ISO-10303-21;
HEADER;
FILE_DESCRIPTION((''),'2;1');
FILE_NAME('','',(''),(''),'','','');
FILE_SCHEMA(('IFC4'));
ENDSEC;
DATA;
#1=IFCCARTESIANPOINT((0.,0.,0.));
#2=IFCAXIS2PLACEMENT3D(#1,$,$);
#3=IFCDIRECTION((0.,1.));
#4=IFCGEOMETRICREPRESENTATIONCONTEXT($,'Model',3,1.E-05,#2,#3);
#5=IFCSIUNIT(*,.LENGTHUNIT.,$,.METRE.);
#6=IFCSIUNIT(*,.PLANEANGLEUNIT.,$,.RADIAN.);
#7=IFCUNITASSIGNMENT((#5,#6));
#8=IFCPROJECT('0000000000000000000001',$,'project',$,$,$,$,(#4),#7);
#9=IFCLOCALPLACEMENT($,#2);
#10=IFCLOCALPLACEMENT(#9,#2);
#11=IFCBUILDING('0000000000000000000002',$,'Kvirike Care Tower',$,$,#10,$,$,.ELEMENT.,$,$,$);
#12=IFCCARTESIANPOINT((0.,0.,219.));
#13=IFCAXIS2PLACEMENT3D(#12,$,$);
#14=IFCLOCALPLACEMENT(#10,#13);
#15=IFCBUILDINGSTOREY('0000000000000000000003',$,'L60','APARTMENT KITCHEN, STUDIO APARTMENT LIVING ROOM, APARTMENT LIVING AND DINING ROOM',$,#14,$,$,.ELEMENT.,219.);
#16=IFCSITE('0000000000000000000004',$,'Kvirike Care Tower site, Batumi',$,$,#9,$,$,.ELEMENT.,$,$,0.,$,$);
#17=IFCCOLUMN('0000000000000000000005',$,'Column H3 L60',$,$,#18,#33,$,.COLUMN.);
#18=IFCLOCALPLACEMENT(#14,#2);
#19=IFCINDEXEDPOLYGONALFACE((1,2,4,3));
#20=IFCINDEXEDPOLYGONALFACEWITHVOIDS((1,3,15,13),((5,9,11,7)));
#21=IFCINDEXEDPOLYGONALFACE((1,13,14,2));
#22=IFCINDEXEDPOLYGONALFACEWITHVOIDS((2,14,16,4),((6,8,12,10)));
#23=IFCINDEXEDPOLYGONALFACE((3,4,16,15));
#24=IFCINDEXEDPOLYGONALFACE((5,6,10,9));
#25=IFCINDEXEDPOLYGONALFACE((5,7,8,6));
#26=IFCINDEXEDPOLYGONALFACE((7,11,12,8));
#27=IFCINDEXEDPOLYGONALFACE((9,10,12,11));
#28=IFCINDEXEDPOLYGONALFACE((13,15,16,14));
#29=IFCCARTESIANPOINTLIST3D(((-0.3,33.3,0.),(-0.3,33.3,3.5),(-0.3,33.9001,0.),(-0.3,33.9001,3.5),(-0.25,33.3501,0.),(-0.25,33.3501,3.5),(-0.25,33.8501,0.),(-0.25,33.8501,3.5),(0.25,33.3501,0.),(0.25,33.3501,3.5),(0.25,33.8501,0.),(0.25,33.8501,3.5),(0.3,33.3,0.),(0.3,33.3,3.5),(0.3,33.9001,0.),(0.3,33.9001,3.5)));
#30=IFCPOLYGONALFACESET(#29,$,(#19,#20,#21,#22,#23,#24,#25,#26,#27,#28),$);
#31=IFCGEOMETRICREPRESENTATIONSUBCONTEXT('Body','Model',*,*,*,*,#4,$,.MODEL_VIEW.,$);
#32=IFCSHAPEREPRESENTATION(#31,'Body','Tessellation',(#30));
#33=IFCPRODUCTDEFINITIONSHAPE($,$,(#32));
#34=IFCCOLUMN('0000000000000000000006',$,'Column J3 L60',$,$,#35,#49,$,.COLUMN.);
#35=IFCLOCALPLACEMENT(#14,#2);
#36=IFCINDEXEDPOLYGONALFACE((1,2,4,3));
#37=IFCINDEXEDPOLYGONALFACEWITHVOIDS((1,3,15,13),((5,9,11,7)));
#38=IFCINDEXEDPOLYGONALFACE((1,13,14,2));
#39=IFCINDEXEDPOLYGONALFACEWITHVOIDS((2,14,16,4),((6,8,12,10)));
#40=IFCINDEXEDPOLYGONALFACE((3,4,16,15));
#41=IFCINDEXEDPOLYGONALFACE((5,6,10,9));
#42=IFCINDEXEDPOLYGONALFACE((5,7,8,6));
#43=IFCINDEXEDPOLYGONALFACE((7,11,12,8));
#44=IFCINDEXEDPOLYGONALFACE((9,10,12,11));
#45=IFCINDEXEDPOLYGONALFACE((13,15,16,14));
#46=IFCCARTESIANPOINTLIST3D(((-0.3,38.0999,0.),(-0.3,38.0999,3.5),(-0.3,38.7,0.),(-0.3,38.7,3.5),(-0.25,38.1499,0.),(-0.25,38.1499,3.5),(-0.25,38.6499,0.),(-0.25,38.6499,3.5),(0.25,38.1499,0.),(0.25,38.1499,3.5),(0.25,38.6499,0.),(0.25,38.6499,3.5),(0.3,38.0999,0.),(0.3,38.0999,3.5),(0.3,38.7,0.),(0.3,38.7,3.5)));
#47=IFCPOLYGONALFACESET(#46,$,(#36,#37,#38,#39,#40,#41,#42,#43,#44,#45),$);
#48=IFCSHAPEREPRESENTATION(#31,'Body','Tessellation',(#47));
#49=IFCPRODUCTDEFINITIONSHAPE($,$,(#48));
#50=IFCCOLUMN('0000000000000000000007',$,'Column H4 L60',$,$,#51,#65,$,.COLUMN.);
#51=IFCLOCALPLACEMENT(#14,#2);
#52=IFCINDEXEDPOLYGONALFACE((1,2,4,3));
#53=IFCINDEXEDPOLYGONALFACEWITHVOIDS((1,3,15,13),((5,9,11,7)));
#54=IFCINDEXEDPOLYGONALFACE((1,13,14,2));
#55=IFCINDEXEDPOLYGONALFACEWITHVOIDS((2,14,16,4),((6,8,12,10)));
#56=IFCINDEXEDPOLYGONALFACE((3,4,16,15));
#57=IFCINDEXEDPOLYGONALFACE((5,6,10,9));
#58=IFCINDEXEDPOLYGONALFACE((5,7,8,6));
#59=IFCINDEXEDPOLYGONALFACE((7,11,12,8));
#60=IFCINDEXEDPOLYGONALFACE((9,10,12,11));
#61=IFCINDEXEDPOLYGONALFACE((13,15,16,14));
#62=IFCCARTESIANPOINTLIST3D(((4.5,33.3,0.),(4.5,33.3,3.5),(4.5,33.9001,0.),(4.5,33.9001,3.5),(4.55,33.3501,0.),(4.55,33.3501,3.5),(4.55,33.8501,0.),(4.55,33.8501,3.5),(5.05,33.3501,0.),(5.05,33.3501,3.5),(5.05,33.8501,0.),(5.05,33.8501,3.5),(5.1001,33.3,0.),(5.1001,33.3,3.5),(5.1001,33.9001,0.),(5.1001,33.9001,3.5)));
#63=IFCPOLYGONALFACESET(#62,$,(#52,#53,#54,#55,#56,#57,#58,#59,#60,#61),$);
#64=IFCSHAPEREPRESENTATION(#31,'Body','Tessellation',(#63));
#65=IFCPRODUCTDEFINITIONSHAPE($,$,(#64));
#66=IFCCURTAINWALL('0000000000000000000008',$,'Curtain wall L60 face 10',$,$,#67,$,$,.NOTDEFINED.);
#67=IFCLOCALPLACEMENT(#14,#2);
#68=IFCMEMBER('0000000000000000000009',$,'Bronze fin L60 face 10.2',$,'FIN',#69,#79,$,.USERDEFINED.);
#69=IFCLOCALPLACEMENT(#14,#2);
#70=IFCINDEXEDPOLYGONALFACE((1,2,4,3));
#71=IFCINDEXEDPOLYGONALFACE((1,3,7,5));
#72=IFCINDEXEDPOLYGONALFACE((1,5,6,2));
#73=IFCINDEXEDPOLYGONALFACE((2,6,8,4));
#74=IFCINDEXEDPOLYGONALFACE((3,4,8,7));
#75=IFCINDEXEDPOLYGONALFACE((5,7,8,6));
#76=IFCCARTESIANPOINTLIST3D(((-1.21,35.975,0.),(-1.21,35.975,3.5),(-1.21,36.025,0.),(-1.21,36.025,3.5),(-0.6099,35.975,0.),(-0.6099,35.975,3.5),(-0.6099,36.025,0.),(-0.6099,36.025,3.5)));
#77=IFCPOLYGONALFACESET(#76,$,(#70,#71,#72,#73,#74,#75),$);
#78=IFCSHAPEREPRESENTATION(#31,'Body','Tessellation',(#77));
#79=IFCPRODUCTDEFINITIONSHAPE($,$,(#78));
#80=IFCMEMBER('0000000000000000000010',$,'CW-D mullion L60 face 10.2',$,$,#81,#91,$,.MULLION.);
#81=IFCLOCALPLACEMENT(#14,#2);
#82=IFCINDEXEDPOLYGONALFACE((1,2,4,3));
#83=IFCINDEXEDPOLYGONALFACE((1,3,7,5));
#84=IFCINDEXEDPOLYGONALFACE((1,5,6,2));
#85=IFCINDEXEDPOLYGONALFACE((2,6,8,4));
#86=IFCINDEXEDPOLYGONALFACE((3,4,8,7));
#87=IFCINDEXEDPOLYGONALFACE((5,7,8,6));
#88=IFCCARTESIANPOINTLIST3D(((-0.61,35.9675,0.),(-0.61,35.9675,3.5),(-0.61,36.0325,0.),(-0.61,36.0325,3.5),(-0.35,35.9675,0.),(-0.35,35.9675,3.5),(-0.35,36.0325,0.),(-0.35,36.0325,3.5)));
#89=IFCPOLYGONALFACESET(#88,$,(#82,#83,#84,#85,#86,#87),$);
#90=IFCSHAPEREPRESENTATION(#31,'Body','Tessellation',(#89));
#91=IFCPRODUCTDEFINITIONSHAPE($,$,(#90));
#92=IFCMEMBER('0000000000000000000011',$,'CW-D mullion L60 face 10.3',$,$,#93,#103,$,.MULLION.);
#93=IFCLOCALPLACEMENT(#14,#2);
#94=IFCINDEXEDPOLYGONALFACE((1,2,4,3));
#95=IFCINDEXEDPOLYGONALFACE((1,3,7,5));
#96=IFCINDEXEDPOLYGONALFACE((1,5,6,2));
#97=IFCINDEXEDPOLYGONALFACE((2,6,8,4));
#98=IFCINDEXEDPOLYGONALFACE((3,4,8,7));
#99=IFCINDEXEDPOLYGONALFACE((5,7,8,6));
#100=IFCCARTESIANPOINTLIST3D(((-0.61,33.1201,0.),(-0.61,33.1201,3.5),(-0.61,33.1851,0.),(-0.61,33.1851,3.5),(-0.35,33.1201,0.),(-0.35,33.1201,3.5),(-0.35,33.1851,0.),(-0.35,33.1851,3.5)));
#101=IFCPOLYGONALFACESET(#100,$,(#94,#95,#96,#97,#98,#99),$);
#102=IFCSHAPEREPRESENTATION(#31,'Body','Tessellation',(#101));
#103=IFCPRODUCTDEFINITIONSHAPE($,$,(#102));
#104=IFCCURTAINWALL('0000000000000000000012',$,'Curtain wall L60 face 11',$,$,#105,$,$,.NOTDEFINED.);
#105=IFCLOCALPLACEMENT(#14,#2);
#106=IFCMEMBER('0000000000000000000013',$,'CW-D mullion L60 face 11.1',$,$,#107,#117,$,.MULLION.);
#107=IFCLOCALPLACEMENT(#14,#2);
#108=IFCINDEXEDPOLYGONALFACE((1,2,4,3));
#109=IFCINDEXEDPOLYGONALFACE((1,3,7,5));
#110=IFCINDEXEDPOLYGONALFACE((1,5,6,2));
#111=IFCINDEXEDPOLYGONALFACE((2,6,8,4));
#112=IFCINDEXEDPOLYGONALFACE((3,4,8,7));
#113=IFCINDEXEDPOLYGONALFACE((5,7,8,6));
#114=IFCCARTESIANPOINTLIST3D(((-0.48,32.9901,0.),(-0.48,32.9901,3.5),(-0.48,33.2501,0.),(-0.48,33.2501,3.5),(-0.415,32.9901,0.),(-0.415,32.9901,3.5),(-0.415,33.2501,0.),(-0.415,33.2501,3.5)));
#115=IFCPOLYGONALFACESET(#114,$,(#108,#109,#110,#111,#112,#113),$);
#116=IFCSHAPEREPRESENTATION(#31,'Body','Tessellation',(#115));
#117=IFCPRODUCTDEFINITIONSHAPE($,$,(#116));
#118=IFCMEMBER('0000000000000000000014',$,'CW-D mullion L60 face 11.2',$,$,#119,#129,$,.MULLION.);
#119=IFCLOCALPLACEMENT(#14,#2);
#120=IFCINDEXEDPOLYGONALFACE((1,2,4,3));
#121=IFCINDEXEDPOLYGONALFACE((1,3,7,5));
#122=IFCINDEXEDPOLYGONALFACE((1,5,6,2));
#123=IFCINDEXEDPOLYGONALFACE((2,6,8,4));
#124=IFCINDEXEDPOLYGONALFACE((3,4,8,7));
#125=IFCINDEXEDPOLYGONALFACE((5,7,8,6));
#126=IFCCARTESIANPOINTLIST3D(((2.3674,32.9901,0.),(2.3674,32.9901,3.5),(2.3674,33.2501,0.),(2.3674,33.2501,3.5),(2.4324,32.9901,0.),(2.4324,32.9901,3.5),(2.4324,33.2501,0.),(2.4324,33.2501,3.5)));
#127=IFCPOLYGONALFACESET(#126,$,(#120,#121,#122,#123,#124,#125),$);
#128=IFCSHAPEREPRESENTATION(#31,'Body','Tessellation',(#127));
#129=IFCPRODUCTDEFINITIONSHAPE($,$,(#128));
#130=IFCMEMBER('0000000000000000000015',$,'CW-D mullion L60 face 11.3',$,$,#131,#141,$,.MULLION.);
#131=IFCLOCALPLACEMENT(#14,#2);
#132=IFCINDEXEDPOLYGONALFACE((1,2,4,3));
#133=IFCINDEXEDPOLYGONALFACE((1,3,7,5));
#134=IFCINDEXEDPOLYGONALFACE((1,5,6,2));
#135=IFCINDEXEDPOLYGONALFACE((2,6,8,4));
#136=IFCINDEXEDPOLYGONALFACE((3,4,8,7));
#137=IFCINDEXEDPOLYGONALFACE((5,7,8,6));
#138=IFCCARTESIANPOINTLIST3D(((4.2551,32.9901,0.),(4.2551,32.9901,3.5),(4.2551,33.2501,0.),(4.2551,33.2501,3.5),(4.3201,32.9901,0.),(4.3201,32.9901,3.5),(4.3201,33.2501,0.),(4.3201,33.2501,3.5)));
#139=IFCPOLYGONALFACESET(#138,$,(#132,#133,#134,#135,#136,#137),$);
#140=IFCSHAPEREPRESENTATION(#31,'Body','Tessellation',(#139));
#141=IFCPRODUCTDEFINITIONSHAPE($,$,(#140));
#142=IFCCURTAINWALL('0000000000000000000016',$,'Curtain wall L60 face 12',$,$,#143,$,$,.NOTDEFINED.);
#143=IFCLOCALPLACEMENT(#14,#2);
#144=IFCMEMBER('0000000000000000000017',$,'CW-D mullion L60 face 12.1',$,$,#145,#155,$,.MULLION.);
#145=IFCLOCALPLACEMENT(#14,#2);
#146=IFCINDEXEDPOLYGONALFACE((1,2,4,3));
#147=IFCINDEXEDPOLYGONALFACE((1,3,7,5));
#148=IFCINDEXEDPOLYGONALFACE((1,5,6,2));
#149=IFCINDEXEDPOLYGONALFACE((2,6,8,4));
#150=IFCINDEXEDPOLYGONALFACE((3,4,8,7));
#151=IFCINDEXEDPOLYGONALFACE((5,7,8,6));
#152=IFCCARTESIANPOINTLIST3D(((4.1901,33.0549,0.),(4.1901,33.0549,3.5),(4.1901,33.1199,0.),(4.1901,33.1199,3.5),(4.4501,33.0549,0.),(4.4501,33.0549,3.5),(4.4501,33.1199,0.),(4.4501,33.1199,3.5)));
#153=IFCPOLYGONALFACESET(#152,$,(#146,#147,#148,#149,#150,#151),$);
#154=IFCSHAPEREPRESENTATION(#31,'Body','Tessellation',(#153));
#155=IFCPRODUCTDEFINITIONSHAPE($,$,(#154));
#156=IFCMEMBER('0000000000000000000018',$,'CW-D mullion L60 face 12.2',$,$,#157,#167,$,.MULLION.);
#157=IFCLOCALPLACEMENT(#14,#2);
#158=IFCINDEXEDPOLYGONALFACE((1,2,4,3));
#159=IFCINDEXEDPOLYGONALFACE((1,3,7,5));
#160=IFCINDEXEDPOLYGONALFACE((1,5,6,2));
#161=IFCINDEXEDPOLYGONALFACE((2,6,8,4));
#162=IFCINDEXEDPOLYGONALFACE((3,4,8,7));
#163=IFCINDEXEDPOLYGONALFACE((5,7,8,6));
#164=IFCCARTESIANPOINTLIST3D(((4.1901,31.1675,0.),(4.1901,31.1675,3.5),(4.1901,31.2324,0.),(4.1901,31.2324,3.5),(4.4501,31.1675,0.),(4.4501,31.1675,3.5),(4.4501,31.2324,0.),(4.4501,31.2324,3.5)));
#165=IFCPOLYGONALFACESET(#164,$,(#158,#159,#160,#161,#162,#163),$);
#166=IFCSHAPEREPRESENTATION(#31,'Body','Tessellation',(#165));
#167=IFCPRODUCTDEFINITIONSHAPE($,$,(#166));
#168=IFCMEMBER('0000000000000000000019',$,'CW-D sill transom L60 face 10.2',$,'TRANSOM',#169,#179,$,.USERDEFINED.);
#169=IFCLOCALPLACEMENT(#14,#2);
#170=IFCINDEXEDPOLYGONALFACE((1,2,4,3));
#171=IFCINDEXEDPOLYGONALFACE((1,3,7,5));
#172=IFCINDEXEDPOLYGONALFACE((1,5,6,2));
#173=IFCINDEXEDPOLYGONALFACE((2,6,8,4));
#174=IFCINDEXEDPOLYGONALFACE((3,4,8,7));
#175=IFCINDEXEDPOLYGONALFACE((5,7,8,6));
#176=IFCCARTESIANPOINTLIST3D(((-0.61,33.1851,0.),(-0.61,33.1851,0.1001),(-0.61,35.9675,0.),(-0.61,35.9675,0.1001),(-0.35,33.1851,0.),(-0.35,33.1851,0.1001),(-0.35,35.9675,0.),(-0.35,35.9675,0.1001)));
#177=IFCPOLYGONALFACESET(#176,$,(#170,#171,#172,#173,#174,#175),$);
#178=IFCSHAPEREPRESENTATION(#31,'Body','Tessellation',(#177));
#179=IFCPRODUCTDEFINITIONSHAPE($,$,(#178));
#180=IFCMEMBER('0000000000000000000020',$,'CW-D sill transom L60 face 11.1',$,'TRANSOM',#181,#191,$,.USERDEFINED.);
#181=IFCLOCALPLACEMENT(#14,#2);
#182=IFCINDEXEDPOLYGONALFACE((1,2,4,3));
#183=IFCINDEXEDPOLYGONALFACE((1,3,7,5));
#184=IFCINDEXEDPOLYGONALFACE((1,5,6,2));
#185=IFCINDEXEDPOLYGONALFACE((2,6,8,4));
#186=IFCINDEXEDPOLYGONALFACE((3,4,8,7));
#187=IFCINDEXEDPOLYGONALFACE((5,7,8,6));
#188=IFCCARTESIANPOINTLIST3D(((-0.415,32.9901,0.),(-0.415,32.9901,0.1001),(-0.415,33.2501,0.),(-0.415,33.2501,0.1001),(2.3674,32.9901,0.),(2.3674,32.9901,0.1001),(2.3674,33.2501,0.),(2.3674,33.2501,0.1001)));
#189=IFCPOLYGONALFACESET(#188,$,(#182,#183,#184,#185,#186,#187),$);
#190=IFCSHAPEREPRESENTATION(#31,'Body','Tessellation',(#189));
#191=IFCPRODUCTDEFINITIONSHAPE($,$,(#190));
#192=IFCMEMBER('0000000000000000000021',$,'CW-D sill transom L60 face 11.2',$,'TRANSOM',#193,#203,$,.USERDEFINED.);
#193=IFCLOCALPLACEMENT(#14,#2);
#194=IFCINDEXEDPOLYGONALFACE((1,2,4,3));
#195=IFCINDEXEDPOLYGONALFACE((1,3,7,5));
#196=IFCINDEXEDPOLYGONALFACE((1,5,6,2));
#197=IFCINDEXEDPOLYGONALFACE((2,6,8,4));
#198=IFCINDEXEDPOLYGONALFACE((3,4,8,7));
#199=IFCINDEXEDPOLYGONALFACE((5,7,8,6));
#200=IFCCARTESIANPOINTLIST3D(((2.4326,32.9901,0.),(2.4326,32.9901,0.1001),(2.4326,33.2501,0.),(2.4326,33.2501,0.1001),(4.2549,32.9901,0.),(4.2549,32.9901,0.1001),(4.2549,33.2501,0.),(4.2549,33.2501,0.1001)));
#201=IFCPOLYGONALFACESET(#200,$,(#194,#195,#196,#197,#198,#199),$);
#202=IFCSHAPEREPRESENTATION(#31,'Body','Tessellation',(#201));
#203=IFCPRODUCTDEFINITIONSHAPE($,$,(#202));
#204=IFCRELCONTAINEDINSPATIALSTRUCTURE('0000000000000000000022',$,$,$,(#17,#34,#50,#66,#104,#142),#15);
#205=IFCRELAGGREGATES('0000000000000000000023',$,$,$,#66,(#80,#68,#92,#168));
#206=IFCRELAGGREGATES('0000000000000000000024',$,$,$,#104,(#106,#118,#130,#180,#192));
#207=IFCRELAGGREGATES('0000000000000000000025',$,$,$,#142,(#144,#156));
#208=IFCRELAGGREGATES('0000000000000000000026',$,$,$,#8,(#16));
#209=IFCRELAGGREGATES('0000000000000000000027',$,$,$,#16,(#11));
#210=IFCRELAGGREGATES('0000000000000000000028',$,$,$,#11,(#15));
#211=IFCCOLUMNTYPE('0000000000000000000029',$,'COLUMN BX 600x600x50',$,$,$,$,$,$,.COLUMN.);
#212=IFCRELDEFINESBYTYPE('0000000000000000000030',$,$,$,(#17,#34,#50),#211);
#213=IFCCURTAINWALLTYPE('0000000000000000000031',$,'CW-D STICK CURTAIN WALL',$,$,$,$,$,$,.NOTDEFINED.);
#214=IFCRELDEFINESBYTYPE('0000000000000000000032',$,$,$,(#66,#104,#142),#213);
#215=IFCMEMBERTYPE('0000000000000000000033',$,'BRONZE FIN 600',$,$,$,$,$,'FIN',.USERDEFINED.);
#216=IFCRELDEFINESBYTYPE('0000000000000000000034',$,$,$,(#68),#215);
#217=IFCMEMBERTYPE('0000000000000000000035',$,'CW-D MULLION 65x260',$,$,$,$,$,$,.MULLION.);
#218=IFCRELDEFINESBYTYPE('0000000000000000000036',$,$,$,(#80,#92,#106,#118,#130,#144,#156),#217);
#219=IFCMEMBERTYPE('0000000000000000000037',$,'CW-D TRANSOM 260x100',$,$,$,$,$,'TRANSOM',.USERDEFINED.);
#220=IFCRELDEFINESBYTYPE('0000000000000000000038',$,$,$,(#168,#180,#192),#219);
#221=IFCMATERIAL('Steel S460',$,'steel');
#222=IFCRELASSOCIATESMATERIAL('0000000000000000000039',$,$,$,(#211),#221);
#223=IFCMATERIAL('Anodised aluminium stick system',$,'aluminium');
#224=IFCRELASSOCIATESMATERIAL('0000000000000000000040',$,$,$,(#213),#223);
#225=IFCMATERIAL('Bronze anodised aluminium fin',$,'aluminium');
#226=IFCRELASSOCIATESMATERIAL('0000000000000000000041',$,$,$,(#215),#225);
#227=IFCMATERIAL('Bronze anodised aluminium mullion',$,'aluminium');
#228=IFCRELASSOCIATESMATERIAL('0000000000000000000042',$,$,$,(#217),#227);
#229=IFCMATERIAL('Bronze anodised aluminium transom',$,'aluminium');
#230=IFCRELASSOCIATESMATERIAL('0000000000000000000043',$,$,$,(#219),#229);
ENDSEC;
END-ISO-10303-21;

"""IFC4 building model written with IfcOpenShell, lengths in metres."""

from ifc_helpers import new_model, si_unit, direction, frame, origin, origin_2d, place, context, subcontext, project, spatial, rectangle, hollow_rectangle, extrude, material, material_profile, profile_set, type_object, element, aggregate, save


model = new_model("IFC4")

# Units and contexts
model_context = context("Model", 3, precision=1e-05, world=origin(), true_north=direction((0.0, 1.0)))
body_context = subcontext(model_context, "Body", "Model", "MODEL_VIEW")
ifc_project = project(units=[si_unit("LENGTHUNIT", "METRE"), si_unit("PLANEANGLEUNIT", "RADIAN")], contexts=[model_context])

# Site, building, storey
site_placement = place(None, origin())
site = spatial("IfcSite", under=ifc_project, at=site_placement, Name="Kvirike Care Tower site, Batumi", CompositionType="ELEMENT", RefElevation=0.0)
building_placement = place(site_placement, origin())
building = spatial("IfcBuilding", under=site, at=building_placement, Name="Kvirike Care Tower", CompositionType="ELEMENT")
storey_placement = place(building_placement, frame((0.0, 0.0, 219.0)))
storey = spatial("IfcBuildingStorey", under=building, at=storey_placement, Name="L60", Description="APARTMENT KITCHEN, STUDIO APARTMENT LIVING ROOM, APARTMENT LIVING AND DINING ROOM", CompositionType="ELEMENT", Elevation=219.0)

# Columns
ifc_material_1 = material(Name="Steel S460", Category="steel")
ifc_material_profile_1 = material_profile(ifc_material_1, hollow_rectangle(XDim=0.6001, YDim=0.6001, WallThickness=0.05, at=origin_2d()), Name="BX 600x600x50")
ifc_profile_set_1 = profile_set([ifc_material_profile_1], Name="Steel S460")
column_type = type_object("IfcColumnType", Name="COLUMN BX 600x600x50", PredefinedType="COLUMN", material=ifc_profile_set_1)
for number, where, z_axis, x_axis, name in (
    (1, (0.0, 33.6001, 0.0), (0.0, 0.0, 1.0), (0.0, 1.0, 0.0), "Column H3 L60"),
    (2, (0.0, 38.3999, 0.0), (0.0, 0.0, 1.0), (0.0, 1.0, 0.0), "Column J3 L60"),
    (3, (4.8, 33.6001, 0.0), (0.0, 0.0, 1.0), (0.0, 1.0, 0.0), "Column H4 L60"),
):
    element("IfcColumn", number, at=place(storey_placement, frame(where, z_axis=z_axis, x_axis=x_axis)), inside=storey, type_object=column_type, Name=name, PredefinedType="COLUMN", context=body_context, shape_type="SweptSolid", body=[
        extrude(hollow_rectangle(XDim=0.6001, YDim=0.6001, WallThickness=0.05, at=origin_2d()), origin(), (0.0, 0.0, 1.0), 3.5),
    ])

# Curtain walls, members
ifc_material_2 = material(Name="Anodised aluminium stick system", Category="aluminium")
curtain_wall_type = type_object("IfcCurtainWallType", Name="CW-D STICK CURTAIN WALL", PredefinedType="NOTDEFINED", material=ifc_material_2)
curtain_wall_1_placement = place(storey_placement, origin())
curtain_wall_1 = element("IfcCurtainWall", 4, at=curtain_wall_1_placement, inside=storey, type_object=curtain_wall_type, Name="Curtain wall L60 face 10", PredefinedType="NOTDEFINED")
ifc_material_3 = material(Name="Bronze anodised aluminium fin", Category="aluminium")
ifc_material_profile_2 = material_profile(ifc_material_3, rectangle(XDim=0.05, YDim=0.6001, at=origin_2d()), Name="BRONZE FIN 600")
ifc_profile_set_2 = profile_set([ifc_material_profile_2], Name="Bronze anodised aluminium fin")
member_type_1 = type_object("IfcMemberType", Name="BRONZE FIN 600", ElementType="FIN", PredefinedType="USERDEFINED", material=ifc_profile_set_2)
member_1_placement = place(storey_placement, frame((-0.9099, 36.0, 0.0), z_axis=(0.0, 0.0, 1.0), x_axis=(0.0, -1.0, 0.0)))
member_1 = element("IfcMember", 5, at=member_1_placement, type_object=member_type_1, Name="Bronze fin L60 face 10.2", ObjectType="FIN", PredefinedType="USERDEFINED", context=body_context, shape_type="SweptSolid", body=[
    extrude(rectangle(XDim=0.05, YDim=0.6001, at=origin_2d()), origin(), (0.0, 0.0, 1.0), 3.5),
])
ifc_material_4 = material(Name="Bronze anodised aluminium mullion", Category="aluminium")
ifc_material_profile_3 = material_profile(ifc_material_4, rectangle(XDim=0.0649, YDim=0.26, at=origin_2d()), Name="CW-D MULLION 65x260")
ifc_profile_set_3 = profile_set([ifc_material_profile_3], Name="Bronze anodised aluminium mullion")
member_type_2 = type_object("IfcMemberType", Name="CW-D MULLION 65x260", PredefinedType="MULLION", material=ifc_profile_set_3)
member_2_placement = place(storey_placement, frame((-0.48, 36.0, 0.0), z_axis=(0.0, 0.0, 1.0), x_axis=(0.0, -1.0, 0.0)))
member_2 = element("IfcMember", 6, at=member_2_placement, type_object=member_type_2, Name="CW-D mullion L60 face 10.2", PredefinedType="MULLION", context=body_context, shape_type="SweptSolid", body=[
    extrude(rectangle(XDim=0.0649, YDim=0.26, at=origin_2d()), origin(), (0.0, 0.0, 1.0), 3.5),
])
member_3_placement = place(storey_placement, frame((-0.48, 33.1526, 0.0), z_axis=(0.0, 0.0, 1.0), x_axis=(0.0, -1.0, 0.0)))
member_3 = element("IfcMember", 7, at=member_3_placement, type_object=member_type_2, Name="CW-D mullion L60 face 10.3", PredefinedType="MULLION", context=body_context, shape_type="SweptSolid", body=[
    extrude(rectangle(XDim=0.0649, YDim=0.26, at=origin_2d()), origin(), (0.0, 0.0, 1.0), 3.5),
])
curtain_wall_2_placement = place(storey_placement, origin())
curtain_wall_2 = element("IfcCurtainWall", 8, at=curtain_wall_2_placement, inside=storey, type_object=curtain_wall_type, Name="Curtain wall L60 face 11", PredefinedType="NOTDEFINED")
member_4_placement = place(storey_placement, frame((-0.4475, 33.1201, 0.0), z_axis=(0.0, 0.0, 1.0), x_axis=(1.0, 0.0, 0.0)))
member_4 = element("IfcMember", 9, at=member_4_placement, type_object=member_type_2, Name="CW-D mullion L60 face 11.1", PredefinedType="MULLION", context=body_context, shape_type="SweptSolid", body=[
    extrude(rectangle(XDim=0.0649, YDim=0.26, at=origin_2d()), origin(), (0.0, 0.0, 1.0), 3.5),
])
member_5_placement = place(storey_placement, frame((2.3999, 33.1201, 0.0), z_axis=(0.0, 0.0, 1.0), x_axis=(1.0, 0.0, 0.0)))
member_5 = element("IfcMember", 10, at=member_5_placement, type_object=member_type_2, Name="CW-D mullion L60 face 11.2", PredefinedType="MULLION", context=body_context, shape_type="SweptSolid", body=[
    extrude(rectangle(XDim=0.0649, YDim=0.26, at=origin_2d()), origin(), (0.0, 0.0, 1.0), 3.5),
])
member_6_placement = place(storey_placement, frame((4.2876, 33.1201, 0.0), z_axis=(0.0, 0.0, 1.0), x_axis=(1.0, 0.0, 0.0)))
member_6 = element("IfcMember", 11, at=member_6_placement, type_object=member_type_2, Name="CW-D mullion L60 face 11.3", PredefinedType="MULLION", context=body_context, shape_type="SweptSolid", body=[
    extrude(rectangle(XDim=0.0649, YDim=0.26, at=origin_2d()), origin(), (0.0, 0.0, 1.0), 3.5),
])
curtain_wall_3_placement = place(storey_placement, origin())
curtain_wall_3 = element("IfcCurtainWall", 12, at=curtain_wall_3_placement, inside=storey, type_object=curtain_wall_type, Name="Curtain wall L60 face 12", PredefinedType="NOTDEFINED")
member_7_placement = place(storey_placement, frame((4.3201, 33.0874, 0.0), z_axis=(0.0, 0.0, 1.0), x_axis=(0.0, -1.0, 0.0)))
member_7 = element("IfcMember", 13, at=member_7_placement, type_object=member_type_2, Name="CW-D mullion L60 face 12.1", PredefinedType="MULLION", context=body_context, shape_type="SweptSolid", body=[
    extrude(rectangle(XDim=0.0649, YDim=0.26, at=origin_2d()), origin(), (0.0, 0.0, 1.0), 3.5),
])
member_8_placement = place(storey_placement, frame((4.3201, 31.2, 0.0), z_axis=(0.0, 0.0, 1.0), x_axis=(0.0, -1.0, 0.0)))
member_8 = element("IfcMember", 14, at=member_8_placement, type_object=member_type_2, Name="CW-D mullion L60 face 12.2", PredefinedType="MULLION", context=body_context, shape_type="SweptSolid", body=[
    extrude(rectangle(XDim=0.0649, YDim=0.26, at=origin_2d()), origin(), (0.0, 0.0, 1.0), 3.5),
])

# Members
ifc_material_5 = material(Name="Bronze anodised aluminium transom", Category="aluminium")
ifc_material_profile_4 = material_profile(ifc_material_5, rectangle(XDim=0.26, YDim=0.1001, at=origin_2d()), Name="CW-D TRANSOM 260x100")
ifc_profile_set_4 = profile_set([ifc_material_profile_4], Name="Bronze anodised aluminium transom")
member_type_3 = type_object("IfcMemberType", Name="CW-D TRANSOM 260x100", ElementType="TRANSOM", PredefinedType="USERDEFINED", material=ifc_profile_set_4)
member_9_placement = place(storey_placement, frame((-0.48, 35.9675, 0.05), z_axis=(0.0, -1.0, 0.0), x_axis=(1.0, 0.0, 0.0)))
member_9 = element("IfcMember", 15, at=member_9_placement, type_object=member_type_3, Name="CW-D sill transom L60 face 10.2", ObjectType="TRANSOM", PredefinedType="USERDEFINED", context=body_context, shape_type="SweptSolid", body=[
    extrude(rectangle(XDim=0.26, YDim=0.1001, at=origin_2d()), origin(), (0.0, 0.0, 1.0), 2.7825),
])
member_10_placement = place(storey_placement, frame((-0.415, 33.1201, 0.05), z_axis=(1.0, 0.0, 0.0), x_axis=(0.0, 1.0, 0.0)))
member_10 = element("IfcMember", 16, at=member_10_placement, type_object=member_type_3, Name="CW-D sill transom L60 face 11.1", ObjectType="TRANSOM", PredefinedType="USERDEFINED", context=body_context, shape_type="SweptSolid", body=[
    extrude(rectangle(XDim=0.26, YDim=0.1001, at=origin_2d()), origin(), (0.0, 0.0, 1.0), 2.7825),
])
member_11_placement = place(storey_placement, frame((2.4326, 33.1201, 0.05), z_axis=(1.0, 0.0, 0.0), x_axis=(0.0, 1.0, 0.0)))
member_11 = element("IfcMember", 17, at=member_11_placement, type_object=member_type_3, Name="CW-D sill transom L60 face 11.2", ObjectType="TRANSOM", PredefinedType="USERDEFINED", context=body_context, shape_type="SweptSolid", body=[
    extrude(rectangle(XDim=0.26, YDim=0.1001, at=origin_2d()), origin(), (0.0, 0.0, 1.0), 1.8223),
])

aggregate(curtain_wall_1, [member_2, member_1, member_3, member_9])
aggregate(curtain_wall_2, [member_4, member_5, member_6, member_10, member_11])
aggregate(curtain_wall_3, [member_7, member_8])

save(model, "model.ifc")
